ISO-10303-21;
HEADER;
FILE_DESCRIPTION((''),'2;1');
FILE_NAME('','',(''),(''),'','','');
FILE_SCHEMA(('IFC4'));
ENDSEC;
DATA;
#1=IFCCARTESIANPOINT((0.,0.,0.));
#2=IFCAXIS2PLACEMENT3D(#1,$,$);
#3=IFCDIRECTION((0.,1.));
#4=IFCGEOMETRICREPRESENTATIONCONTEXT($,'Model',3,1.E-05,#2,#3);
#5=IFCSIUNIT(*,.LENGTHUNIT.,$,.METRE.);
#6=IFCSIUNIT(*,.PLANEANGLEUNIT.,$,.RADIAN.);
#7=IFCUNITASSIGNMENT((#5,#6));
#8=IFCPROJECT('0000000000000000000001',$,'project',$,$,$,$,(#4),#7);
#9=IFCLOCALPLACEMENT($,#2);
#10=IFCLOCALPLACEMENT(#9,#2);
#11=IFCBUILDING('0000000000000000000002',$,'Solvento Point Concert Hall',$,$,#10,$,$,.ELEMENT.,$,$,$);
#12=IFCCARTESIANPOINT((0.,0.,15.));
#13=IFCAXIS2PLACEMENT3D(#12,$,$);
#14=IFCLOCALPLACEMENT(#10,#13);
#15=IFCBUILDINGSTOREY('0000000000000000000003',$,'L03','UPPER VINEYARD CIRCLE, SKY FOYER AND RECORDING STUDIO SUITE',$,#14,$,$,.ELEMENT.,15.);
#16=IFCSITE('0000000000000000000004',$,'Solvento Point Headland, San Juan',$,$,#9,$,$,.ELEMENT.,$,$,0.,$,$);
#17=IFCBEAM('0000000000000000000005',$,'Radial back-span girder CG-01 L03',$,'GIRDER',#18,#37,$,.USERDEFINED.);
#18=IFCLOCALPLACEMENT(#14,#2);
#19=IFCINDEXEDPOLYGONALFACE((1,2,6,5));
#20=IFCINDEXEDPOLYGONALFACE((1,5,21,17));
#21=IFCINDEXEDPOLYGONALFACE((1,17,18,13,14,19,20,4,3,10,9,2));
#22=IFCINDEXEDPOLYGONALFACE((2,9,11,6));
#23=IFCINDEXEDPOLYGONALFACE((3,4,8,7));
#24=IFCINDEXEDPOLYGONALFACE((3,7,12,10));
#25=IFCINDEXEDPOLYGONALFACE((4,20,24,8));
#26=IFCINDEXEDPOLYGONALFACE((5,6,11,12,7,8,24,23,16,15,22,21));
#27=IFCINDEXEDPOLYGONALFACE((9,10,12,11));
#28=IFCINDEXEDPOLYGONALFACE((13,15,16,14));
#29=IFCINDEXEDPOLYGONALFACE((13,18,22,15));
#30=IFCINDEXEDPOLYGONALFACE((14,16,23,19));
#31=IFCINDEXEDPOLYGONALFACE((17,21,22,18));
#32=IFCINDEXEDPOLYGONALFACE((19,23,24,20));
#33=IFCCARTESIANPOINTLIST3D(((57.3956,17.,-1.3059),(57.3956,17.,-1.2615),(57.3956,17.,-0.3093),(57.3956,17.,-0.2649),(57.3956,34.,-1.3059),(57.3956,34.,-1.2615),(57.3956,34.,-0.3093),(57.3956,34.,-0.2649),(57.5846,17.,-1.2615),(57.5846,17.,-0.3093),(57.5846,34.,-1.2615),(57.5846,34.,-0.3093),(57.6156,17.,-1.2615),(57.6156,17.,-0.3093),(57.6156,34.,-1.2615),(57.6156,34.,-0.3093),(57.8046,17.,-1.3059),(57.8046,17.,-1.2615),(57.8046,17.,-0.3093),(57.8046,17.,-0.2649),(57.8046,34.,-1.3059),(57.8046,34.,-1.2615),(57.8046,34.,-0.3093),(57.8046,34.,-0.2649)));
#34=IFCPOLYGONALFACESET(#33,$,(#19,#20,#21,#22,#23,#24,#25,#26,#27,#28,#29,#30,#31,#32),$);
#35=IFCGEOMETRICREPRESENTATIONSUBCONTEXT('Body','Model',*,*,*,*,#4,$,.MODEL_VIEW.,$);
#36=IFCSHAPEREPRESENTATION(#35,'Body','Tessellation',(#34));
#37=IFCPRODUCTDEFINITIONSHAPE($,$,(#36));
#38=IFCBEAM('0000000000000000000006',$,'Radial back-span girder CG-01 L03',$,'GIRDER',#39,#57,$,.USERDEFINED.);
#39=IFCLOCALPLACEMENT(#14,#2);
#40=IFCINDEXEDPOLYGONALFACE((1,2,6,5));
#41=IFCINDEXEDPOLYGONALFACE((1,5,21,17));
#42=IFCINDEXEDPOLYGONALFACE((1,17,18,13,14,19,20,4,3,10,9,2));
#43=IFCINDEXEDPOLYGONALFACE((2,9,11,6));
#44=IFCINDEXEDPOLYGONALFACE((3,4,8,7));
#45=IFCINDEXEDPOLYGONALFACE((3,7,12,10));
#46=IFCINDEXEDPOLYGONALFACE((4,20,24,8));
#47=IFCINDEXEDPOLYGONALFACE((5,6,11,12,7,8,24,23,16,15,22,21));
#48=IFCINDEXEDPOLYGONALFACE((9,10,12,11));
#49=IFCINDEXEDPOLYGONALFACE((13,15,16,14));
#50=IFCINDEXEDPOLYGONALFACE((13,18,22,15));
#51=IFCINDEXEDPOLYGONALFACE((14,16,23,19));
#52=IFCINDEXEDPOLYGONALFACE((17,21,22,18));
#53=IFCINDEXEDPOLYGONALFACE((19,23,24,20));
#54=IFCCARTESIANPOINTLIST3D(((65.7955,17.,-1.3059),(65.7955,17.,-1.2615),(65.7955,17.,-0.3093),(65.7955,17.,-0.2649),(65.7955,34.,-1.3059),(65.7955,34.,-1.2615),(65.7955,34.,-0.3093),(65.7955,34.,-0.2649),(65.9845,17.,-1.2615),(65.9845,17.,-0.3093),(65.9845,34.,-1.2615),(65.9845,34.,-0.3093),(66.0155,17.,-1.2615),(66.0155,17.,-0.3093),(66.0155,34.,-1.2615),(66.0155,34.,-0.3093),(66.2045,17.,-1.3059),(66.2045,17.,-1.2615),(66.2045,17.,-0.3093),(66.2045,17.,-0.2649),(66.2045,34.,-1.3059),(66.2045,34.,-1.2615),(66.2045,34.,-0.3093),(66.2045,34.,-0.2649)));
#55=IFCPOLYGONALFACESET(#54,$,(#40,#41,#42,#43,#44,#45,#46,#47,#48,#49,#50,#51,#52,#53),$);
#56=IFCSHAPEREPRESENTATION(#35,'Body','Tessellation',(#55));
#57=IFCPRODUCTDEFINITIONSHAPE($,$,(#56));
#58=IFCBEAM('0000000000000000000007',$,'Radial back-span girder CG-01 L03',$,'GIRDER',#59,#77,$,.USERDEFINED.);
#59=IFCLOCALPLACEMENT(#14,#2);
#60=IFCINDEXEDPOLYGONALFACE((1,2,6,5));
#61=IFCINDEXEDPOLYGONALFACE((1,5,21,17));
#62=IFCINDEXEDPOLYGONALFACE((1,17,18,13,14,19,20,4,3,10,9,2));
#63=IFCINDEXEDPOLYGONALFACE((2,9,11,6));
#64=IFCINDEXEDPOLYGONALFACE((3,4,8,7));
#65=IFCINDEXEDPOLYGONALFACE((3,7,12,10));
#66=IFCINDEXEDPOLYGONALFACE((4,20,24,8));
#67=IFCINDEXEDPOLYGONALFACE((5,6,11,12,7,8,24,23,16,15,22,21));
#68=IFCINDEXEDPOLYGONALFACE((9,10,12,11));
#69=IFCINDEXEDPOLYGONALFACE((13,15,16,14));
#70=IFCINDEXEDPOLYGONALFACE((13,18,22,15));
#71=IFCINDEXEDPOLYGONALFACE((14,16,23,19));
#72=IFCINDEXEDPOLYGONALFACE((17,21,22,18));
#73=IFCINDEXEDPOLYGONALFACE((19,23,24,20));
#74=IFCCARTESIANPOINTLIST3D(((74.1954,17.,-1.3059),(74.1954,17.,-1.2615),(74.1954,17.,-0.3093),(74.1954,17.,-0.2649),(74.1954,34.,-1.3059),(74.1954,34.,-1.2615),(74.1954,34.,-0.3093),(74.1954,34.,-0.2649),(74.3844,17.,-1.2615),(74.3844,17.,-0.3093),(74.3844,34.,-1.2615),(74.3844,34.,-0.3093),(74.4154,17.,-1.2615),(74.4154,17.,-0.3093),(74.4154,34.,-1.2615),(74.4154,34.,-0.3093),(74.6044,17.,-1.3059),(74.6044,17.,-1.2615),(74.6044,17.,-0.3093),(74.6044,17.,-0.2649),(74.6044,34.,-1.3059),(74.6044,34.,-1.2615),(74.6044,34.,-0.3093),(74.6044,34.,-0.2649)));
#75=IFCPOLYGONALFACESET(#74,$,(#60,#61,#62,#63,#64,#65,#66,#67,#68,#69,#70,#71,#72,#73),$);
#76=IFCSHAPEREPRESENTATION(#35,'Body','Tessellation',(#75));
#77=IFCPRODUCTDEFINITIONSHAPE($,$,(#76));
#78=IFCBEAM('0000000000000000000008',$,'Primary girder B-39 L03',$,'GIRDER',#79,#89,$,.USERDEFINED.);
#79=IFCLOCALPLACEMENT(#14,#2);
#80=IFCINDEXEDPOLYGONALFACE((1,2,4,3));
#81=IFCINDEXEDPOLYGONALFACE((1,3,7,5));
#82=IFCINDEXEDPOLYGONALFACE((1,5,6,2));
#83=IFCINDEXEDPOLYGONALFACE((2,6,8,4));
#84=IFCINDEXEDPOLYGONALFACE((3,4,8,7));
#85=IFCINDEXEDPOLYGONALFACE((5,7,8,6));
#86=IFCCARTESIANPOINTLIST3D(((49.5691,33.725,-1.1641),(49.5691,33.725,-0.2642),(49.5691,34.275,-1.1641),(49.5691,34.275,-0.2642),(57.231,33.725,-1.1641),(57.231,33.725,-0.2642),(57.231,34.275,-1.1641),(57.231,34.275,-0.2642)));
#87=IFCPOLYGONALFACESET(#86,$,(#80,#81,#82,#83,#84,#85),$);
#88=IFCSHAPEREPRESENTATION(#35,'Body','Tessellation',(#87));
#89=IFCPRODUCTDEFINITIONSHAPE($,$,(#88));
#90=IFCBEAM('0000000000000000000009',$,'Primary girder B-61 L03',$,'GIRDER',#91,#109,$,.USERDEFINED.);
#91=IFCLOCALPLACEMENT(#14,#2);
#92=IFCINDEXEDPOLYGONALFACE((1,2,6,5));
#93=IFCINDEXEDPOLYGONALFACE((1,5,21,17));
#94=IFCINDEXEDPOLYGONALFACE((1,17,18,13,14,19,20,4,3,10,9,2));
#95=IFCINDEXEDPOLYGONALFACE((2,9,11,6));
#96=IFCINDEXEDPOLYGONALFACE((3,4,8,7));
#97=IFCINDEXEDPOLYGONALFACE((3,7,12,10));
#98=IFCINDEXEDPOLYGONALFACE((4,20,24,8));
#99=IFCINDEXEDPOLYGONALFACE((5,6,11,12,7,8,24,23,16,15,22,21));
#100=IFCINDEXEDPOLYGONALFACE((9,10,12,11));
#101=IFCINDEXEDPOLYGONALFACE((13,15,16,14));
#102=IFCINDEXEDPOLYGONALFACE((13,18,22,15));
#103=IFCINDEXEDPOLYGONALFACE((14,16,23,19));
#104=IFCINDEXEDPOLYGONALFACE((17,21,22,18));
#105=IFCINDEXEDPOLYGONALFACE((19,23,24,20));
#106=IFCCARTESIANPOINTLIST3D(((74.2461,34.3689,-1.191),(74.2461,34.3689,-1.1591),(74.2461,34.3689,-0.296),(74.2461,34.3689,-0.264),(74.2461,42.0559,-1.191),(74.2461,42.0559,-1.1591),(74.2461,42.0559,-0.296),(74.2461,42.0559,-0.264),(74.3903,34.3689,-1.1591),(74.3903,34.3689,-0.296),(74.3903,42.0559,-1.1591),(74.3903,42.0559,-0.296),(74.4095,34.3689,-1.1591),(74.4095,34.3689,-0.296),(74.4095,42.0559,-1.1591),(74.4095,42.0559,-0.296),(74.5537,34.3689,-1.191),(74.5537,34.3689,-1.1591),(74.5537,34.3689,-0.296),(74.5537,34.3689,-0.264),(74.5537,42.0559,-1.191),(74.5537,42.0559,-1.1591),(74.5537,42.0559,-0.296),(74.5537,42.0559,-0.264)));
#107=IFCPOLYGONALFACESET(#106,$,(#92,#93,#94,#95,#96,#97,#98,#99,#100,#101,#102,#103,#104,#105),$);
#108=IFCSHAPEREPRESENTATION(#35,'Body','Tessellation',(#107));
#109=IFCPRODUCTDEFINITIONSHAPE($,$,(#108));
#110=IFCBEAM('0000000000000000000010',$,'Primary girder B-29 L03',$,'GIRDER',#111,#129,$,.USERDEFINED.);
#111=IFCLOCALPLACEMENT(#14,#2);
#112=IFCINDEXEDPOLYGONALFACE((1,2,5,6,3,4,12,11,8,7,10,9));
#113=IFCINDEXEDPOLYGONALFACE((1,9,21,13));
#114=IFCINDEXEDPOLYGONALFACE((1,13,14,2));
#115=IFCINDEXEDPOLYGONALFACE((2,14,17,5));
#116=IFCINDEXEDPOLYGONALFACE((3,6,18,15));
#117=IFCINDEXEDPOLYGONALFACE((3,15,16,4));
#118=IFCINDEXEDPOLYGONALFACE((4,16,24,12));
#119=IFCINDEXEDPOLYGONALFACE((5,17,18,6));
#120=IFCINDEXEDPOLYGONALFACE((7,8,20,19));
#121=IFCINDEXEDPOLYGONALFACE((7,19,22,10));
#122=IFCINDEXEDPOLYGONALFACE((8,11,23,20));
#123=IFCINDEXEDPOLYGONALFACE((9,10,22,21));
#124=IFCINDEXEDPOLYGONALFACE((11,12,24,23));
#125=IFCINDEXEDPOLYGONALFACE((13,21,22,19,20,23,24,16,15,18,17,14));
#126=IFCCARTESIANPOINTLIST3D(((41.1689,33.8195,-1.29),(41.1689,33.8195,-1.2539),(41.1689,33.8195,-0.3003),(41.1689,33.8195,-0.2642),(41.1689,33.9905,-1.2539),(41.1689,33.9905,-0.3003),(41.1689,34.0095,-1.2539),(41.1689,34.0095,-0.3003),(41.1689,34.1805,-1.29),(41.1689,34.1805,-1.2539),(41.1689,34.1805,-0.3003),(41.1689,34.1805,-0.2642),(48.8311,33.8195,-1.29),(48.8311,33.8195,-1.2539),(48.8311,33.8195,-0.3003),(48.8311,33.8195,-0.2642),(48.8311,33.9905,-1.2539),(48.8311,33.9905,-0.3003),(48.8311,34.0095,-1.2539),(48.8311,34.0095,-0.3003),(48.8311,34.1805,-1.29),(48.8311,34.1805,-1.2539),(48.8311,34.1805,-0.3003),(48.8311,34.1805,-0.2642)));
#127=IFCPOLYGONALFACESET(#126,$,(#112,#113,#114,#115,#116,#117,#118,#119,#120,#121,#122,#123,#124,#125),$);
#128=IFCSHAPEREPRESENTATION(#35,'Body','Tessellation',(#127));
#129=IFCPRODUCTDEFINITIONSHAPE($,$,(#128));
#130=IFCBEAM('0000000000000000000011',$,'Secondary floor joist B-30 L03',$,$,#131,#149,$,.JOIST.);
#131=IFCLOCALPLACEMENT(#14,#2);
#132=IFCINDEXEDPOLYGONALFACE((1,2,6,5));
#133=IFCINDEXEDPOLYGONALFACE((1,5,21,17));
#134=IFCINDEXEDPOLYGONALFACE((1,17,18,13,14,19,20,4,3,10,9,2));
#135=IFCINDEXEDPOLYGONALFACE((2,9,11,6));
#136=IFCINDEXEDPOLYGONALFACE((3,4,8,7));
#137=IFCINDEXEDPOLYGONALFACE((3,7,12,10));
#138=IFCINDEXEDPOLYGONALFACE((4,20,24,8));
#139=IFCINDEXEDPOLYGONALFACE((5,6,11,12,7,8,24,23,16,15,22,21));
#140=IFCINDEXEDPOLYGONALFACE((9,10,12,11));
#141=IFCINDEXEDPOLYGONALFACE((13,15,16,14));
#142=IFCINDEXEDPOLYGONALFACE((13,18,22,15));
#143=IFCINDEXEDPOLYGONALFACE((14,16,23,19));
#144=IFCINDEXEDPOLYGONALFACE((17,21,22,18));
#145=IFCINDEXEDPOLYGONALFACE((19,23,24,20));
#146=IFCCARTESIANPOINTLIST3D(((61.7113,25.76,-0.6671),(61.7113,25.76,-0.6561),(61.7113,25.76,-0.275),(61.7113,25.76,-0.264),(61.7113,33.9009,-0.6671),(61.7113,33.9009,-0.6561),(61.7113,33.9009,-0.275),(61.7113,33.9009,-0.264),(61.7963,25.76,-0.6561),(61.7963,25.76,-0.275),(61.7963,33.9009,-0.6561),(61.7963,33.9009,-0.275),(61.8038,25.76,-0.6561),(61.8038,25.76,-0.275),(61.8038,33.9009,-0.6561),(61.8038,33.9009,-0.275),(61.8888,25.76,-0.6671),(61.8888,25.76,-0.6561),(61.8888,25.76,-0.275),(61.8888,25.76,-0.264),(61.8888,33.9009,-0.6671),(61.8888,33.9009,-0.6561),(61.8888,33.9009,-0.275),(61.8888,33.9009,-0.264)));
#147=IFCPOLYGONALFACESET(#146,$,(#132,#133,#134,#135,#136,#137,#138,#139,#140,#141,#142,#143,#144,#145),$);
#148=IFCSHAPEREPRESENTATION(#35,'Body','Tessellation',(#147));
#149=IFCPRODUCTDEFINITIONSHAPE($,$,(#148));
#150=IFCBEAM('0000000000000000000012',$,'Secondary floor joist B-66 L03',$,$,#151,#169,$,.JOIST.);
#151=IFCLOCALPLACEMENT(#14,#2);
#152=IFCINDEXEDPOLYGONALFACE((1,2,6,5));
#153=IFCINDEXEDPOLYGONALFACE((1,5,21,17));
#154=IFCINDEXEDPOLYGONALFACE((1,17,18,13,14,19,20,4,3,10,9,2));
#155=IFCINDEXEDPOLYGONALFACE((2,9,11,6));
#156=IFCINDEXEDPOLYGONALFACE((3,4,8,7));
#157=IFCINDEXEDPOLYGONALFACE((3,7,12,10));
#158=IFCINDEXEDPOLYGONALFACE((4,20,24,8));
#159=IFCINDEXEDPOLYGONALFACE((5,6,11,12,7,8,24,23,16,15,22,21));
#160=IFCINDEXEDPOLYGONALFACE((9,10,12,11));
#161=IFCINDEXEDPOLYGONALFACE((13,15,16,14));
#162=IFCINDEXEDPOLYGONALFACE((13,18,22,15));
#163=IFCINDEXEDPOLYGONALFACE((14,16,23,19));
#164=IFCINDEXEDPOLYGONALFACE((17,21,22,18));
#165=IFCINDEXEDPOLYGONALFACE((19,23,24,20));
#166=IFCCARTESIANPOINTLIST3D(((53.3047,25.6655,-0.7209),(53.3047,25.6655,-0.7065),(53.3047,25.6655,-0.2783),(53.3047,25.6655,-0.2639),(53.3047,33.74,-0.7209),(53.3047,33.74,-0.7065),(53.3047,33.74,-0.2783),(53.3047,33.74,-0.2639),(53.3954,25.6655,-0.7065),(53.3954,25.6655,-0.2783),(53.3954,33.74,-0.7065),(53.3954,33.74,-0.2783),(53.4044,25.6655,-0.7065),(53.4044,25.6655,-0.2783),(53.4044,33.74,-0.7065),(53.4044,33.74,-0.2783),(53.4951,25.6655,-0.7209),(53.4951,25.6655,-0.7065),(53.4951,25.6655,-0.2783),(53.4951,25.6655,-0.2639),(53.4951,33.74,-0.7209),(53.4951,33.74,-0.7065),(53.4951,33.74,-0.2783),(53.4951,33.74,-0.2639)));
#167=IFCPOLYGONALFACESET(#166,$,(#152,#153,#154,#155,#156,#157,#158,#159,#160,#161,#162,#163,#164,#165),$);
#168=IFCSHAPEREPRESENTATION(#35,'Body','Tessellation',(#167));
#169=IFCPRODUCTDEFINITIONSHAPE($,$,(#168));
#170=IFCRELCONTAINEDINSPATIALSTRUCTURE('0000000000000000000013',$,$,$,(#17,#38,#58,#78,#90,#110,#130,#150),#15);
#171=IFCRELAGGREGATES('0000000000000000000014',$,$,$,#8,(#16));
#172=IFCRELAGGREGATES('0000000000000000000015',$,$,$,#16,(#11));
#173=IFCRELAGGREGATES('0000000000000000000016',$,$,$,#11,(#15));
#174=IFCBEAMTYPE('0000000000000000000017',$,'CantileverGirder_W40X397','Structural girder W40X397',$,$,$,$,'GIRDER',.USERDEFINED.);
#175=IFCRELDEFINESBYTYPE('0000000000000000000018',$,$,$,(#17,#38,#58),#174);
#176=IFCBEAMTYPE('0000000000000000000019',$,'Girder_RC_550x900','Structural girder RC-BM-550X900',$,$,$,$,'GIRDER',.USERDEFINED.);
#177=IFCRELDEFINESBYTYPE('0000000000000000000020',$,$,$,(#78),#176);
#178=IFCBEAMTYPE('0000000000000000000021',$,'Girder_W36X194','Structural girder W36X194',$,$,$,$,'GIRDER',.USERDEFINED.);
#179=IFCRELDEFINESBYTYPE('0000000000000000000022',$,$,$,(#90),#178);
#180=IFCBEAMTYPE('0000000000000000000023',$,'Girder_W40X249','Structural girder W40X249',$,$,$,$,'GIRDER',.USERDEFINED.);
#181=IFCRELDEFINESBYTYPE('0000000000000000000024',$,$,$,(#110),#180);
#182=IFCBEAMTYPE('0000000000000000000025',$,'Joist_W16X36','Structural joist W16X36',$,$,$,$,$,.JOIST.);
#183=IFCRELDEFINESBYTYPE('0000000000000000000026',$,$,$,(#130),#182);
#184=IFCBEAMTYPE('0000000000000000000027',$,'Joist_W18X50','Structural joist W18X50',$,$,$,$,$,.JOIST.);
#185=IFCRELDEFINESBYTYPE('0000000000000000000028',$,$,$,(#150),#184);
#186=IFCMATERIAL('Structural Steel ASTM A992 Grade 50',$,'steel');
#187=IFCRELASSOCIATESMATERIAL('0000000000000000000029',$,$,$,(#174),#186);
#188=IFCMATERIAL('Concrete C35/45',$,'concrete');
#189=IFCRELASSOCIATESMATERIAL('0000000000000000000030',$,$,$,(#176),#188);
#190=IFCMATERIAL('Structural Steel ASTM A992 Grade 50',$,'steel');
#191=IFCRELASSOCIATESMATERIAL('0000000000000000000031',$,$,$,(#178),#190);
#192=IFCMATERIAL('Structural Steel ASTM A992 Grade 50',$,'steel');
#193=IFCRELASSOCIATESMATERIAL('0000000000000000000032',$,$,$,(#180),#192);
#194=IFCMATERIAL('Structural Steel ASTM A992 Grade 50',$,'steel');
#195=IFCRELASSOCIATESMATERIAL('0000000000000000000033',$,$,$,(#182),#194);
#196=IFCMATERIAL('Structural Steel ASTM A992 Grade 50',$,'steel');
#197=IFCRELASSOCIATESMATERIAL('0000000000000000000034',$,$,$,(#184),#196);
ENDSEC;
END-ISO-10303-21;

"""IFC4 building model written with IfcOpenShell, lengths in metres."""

from ifc_helpers import new_model, si_unit, direction, frame, origin, origin_2d, place, context, subcontext, project, spatial, rectangle, i_section, extrude, material, material_profile, profile_set, type_object, element, save


model = new_model("IFC4")

# Units and contexts
model_context = context("Model", 3, precision=1e-05, world=origin(), true_north=direction((0.0, 1.0)))
body_context = subcontext(model_context, "Body", "Model", "MODEL_VIEW")
ifc_project = project(units=[si_unit("LENGTHUNIT", "METRE"), si_unit("PLANEANGLEUNIT", "RADIAN")], contexts=[model_context])

# Site, building, storey
site_placement = place(None, origin())
site = spatial("IfcSite", under=ifc_project, at=site_placement, Name="Solvento Point Headland, San Juan", CompositionType="ELEMENT", RefElevation=0.0)
building_placement = place(site_placement, origin())
building = spatial("IfcBuilding", under=site, at=building_placement, Name="Solvento Point Concert Hall", CompositionType="ELEMENT")
storey_placement = place(building_placement, frame((0.0, 0.0, 15.0)))
storey = spatial("IfcBuildingStorey", under=building, at=storey_placement, Name="L03", Description="UPPER VINEYARD CIRCLE, SKY FOYER AND RECORDING STUDIO SUITE", CompositionType="ELEMENT", Elevation=15.0)

# Beams
ifc_material_1 = material(Name="Structural Steel ASTM A992 Grade 50", Category="steel")
ifc_material_profile_1 = material_profile(ifc_material_1, i_section(OverallWidth=0.4089, OverallDepth=1.041, WebThickness=0.031, FlangeThickness=0.0444, at=origin_2d()), Name="W40X397")
ifc_profile_set_1 = profile_set([ifc_material_profile_1], Name="Structural Steel ASTM A992 Grade 50")
beam_type_1 = type_object("IfcBeamType", Name="CantileverGirder_W40X397", Description="Structural girder W40X397", ElementType="GIRDER", PredefinedType="USERDEFINED", material=ifc_profile_set_1)
for number, where, z_axis, x_axis, name in (
    (1, (57.6001, 34.0, -0.7854), (0.0, -1.0, 0.0), (1.0, 0.0, 0.0), "Radial back-span girder CG-01 L03"),
    (2, (66.0, 34.0, -0.7854), (0.0, -1.0, 0.0), (1.0, 0.0, 0.0), "Radial back-span girder CG-01 L03"),
    (3, (74.3999, 34.0, -0.7854), (0.0, -1.0, 0.0), (1.0, 0.0, 0.0), "Radial back-span girder CG-01 L03"),
):
    element("IfcBeam", number, at=place(storey_placement, frame(where, z_axis=z_axis, x_axis=x_axis)), inside=storey, type_object=beam_type_1, Name=name, ObjectType="GIRDER", PredefinedType="USERDEFINED", context=body_context, shape_type="SweptSolid", body=[
        extrude(i_section(OverallWidth=0.4089, OverallDepth=1.041, WebThickness=0.031, FlangeThickness=0.0444, at=origin_2d()), origin(), (0.0, 0.0, 1.0), 17.0),
    ])
ifc_material_2 = material(Name="Concrete C35/45", Category="concrete")
ifc_material_profile_2 = material_profile(ifc_material_2, rectangle(XDim=0.55, YDim=0.8999, at=origin_2d()), Name="RC-BM-550X900")
ifc_profile_set_2 = profile_set([ifc_material_profile_2], Name="Concrete C35/45")
beam_type_2 = type_object("IfcBeamType", Name="Girder_RC_550x900", Description="Structural girder RC-BM-550X900", ElementType="GIRDER", PredefinedType="USERDEFINED", material=ifc_profile_set_2)
beam_1_placement = place(storey_placement, frame((49.5691, 34.0, -0.7141), z_axis=(1.0, 0.0, 0.0), x_axis=(0.0, 1.0, 0.0)))
element("IfcBeam", 4, at=beam_1_placement, inside=storey, type_object=beam_type_2, Name="Primary girder B-39 L03", ObjectType="GIRDER", PredefinedType="USERDEFINED", context=body_context, shape_type="SweptSolid", body=[
    extrude(rectangle(XDim=0.55, YDim=0.8999, at=origin_2d()), origin(), (0.0, 0.0, 1.0), 7.6619),
])
ifc_material_3 = material(Name="Structural Steel ASTM A992 Grade 50", Category="steel")
ifc_material_profile_3 = material_profile(ifc_material_3, i_section(OverallWidth=0.3076, OverallDepth=0.927, WebThickness=0.0193, FlangeThickness=0.032, at=origin_2d()), Name="W36X194")
ifc_profile_set_3 = profile_set([ifc_material_profile_3], Name="Structural Steel ASTM A992 Grade 50")
beam_type_3 = type_object("IfcBeamType", Name="Girder_W36X194", Description="Structural girder W36X194", ElementType="GIRDER", PredefinedType="USERDEFINED", material=ifc_profile_set_3)
beam_2_placement = place(storey_placement, frame((74.3999, 34.3689, -0.7275), z_axis=(0.0, 1.0, 0.0), x_axis=(-1.0, 0.0, 0.0)))
element("IfcBeam", 5, at=beam_2_placement, inside=storey, type_object=beam_type_3, Name="Primary girder B-61 L03", ObjectType="GIRDER", PredefinedType="USERDEFINED", context=body_context, shape_type="SweptSolid", body=[
    extrude(i_section(OverallWidth=0.3076, OverallDepth=0.927, WebThickness=0.0193, FlangeThickness=0.032, at=origin_2d()), origin(), (0.0, 0.0, 1.0), 7.687),
])
ifc_material_4 = material(Name="Structural Steel ASTM A992 Grade 50", Category="steel")
ifc_material_profile_4 = material_profile(ifc_material_4, i_section(OverallWidth=0.3611, OverallDepth=1.0259, WebThickness=0.019, FlangeThickness=0.0361, at=origin_2d()), Name="W40X249")
ifc_profile_set_4 = profile_set([ifc_material_profile_4], Name="Structural Steel ASTM A992 Grade 50")
beam_type_4 = type_object("IfcBeamType", Name="Girder_W40X249", Description="Structural girder W40X249", ElementType="GIRDER", PredefinedType="USERDEFINED", material=ifc_profile_set_4)
beam_3_placement = place(storey_placement, frame((41.1689, 34.0, -0.7771), z_axis=(1.0, 0.0, 0.0), x_axis=(0.0, 1.0, 0.0)))
element("IfcBeam", 6, at=beam_3_placement, inside=storey, type_object=beam_type_4, Name="Primary girder B-29 L03", ObjectType="GIRDER", PredefinedType="USERDEFINED", context=body_context, shape_type="SweptSolid", body=[
    extrude(i_section(OverallWidth=0.3611, OverallDepth=1.0259, WebThickness=0.019, FlangeThickness=0.0361, at=origin_2d()), origin(), (0.0, 0.0, 1.0), 7.6621),
])
ifc_material_5 = material(Name="Structural Steel ASTM A992 Grade 50", Category="steel")
ifc_material_profile_5 = material_profile(ifc_material_5, i_section(OverallWidth=0.1775, OverallDepth=0.4031, WebThickness=0.0076, FlangeThickness=0.011, at=origin_2d()), Name="W16X36")
ifc_profile_set_5 = profile_set([ifc_material_profile_5], Name="Structural Steel ASTM A992 Grade 50")
beam_type_5 = type_object("IfcBeamType", Name="Joist_W16X36", Description="Structural joist W16X36", PredefinedType="JOIST", material=ifc_profile_set_5)
beam_4_placement = place(storey_placement, frame((61.8, 25.76, -0.4656), z_axis=(0.0, 1.0, 0.0), x_axis=(-1.0, 0.0, 0.0)))
element("IfcBeam", 7, at=beam_4_placement, inside=storey, type_object=beam_type_5, Name="Secondary floor joist B-30 L03", PredefinedType="JOIST", context=body_context, shape_type="SweptSolid", body=[
    extrude(i_section(OverallWidth=0.1775, OverallDepth=0.4031, WebThickness=0.0076, FlangeThickness=0.011, at=origin_2d()), origin(), (0.0, 0.0, 1.0), 8.1409),
])
ifc_material_6 = material(Name="Structural Steel ASTM A992 Grade 50", Category="steel")
ifc_material_profile_6 = material_profile(ifc_material_6, i_section(OverallWidth=0.1904, OverallDepth=0.457, WebThickness=0.009, FlangeThickness=0.0144, at=origin_2d()), Name="W18X50")
ifc_profile_set_6 = profile_set([ifc_material_profile_6], Name="Structural Steel ASTM A992 Grade 50")
beam_type_6 = type_object("IfcBeamType", Name="Joist_W18X50", Description="Structural joist W18X50", PredefinedType="JOIST", material=ifc_profile_set_6)
beam_5_placement = place(storey_placement, frame((53.3999, 25.6655, -0.4924), z_axis=(0.0, 1.0, 0.0), x_axis=(-1.0, 0.0, 0.0)))
element("IfcBeam", 8, at=beam_5_placement, inside=storey, type_object=beam_type_6, Name="Secondary floor joist B-66 L03", PredefinedType="JOIST", context=body_context, shape_type="SweptSolid", body=[
    extrude(i_section(OverallWidth=0.1904, OverallDepth=0.457, WebThickness=0.009, FlangeThickness=0.0144, at=origin_2d()), origin(), (0.0, 0.0, 1.0), 8.0745),
])

save(model, "model.ifc")
